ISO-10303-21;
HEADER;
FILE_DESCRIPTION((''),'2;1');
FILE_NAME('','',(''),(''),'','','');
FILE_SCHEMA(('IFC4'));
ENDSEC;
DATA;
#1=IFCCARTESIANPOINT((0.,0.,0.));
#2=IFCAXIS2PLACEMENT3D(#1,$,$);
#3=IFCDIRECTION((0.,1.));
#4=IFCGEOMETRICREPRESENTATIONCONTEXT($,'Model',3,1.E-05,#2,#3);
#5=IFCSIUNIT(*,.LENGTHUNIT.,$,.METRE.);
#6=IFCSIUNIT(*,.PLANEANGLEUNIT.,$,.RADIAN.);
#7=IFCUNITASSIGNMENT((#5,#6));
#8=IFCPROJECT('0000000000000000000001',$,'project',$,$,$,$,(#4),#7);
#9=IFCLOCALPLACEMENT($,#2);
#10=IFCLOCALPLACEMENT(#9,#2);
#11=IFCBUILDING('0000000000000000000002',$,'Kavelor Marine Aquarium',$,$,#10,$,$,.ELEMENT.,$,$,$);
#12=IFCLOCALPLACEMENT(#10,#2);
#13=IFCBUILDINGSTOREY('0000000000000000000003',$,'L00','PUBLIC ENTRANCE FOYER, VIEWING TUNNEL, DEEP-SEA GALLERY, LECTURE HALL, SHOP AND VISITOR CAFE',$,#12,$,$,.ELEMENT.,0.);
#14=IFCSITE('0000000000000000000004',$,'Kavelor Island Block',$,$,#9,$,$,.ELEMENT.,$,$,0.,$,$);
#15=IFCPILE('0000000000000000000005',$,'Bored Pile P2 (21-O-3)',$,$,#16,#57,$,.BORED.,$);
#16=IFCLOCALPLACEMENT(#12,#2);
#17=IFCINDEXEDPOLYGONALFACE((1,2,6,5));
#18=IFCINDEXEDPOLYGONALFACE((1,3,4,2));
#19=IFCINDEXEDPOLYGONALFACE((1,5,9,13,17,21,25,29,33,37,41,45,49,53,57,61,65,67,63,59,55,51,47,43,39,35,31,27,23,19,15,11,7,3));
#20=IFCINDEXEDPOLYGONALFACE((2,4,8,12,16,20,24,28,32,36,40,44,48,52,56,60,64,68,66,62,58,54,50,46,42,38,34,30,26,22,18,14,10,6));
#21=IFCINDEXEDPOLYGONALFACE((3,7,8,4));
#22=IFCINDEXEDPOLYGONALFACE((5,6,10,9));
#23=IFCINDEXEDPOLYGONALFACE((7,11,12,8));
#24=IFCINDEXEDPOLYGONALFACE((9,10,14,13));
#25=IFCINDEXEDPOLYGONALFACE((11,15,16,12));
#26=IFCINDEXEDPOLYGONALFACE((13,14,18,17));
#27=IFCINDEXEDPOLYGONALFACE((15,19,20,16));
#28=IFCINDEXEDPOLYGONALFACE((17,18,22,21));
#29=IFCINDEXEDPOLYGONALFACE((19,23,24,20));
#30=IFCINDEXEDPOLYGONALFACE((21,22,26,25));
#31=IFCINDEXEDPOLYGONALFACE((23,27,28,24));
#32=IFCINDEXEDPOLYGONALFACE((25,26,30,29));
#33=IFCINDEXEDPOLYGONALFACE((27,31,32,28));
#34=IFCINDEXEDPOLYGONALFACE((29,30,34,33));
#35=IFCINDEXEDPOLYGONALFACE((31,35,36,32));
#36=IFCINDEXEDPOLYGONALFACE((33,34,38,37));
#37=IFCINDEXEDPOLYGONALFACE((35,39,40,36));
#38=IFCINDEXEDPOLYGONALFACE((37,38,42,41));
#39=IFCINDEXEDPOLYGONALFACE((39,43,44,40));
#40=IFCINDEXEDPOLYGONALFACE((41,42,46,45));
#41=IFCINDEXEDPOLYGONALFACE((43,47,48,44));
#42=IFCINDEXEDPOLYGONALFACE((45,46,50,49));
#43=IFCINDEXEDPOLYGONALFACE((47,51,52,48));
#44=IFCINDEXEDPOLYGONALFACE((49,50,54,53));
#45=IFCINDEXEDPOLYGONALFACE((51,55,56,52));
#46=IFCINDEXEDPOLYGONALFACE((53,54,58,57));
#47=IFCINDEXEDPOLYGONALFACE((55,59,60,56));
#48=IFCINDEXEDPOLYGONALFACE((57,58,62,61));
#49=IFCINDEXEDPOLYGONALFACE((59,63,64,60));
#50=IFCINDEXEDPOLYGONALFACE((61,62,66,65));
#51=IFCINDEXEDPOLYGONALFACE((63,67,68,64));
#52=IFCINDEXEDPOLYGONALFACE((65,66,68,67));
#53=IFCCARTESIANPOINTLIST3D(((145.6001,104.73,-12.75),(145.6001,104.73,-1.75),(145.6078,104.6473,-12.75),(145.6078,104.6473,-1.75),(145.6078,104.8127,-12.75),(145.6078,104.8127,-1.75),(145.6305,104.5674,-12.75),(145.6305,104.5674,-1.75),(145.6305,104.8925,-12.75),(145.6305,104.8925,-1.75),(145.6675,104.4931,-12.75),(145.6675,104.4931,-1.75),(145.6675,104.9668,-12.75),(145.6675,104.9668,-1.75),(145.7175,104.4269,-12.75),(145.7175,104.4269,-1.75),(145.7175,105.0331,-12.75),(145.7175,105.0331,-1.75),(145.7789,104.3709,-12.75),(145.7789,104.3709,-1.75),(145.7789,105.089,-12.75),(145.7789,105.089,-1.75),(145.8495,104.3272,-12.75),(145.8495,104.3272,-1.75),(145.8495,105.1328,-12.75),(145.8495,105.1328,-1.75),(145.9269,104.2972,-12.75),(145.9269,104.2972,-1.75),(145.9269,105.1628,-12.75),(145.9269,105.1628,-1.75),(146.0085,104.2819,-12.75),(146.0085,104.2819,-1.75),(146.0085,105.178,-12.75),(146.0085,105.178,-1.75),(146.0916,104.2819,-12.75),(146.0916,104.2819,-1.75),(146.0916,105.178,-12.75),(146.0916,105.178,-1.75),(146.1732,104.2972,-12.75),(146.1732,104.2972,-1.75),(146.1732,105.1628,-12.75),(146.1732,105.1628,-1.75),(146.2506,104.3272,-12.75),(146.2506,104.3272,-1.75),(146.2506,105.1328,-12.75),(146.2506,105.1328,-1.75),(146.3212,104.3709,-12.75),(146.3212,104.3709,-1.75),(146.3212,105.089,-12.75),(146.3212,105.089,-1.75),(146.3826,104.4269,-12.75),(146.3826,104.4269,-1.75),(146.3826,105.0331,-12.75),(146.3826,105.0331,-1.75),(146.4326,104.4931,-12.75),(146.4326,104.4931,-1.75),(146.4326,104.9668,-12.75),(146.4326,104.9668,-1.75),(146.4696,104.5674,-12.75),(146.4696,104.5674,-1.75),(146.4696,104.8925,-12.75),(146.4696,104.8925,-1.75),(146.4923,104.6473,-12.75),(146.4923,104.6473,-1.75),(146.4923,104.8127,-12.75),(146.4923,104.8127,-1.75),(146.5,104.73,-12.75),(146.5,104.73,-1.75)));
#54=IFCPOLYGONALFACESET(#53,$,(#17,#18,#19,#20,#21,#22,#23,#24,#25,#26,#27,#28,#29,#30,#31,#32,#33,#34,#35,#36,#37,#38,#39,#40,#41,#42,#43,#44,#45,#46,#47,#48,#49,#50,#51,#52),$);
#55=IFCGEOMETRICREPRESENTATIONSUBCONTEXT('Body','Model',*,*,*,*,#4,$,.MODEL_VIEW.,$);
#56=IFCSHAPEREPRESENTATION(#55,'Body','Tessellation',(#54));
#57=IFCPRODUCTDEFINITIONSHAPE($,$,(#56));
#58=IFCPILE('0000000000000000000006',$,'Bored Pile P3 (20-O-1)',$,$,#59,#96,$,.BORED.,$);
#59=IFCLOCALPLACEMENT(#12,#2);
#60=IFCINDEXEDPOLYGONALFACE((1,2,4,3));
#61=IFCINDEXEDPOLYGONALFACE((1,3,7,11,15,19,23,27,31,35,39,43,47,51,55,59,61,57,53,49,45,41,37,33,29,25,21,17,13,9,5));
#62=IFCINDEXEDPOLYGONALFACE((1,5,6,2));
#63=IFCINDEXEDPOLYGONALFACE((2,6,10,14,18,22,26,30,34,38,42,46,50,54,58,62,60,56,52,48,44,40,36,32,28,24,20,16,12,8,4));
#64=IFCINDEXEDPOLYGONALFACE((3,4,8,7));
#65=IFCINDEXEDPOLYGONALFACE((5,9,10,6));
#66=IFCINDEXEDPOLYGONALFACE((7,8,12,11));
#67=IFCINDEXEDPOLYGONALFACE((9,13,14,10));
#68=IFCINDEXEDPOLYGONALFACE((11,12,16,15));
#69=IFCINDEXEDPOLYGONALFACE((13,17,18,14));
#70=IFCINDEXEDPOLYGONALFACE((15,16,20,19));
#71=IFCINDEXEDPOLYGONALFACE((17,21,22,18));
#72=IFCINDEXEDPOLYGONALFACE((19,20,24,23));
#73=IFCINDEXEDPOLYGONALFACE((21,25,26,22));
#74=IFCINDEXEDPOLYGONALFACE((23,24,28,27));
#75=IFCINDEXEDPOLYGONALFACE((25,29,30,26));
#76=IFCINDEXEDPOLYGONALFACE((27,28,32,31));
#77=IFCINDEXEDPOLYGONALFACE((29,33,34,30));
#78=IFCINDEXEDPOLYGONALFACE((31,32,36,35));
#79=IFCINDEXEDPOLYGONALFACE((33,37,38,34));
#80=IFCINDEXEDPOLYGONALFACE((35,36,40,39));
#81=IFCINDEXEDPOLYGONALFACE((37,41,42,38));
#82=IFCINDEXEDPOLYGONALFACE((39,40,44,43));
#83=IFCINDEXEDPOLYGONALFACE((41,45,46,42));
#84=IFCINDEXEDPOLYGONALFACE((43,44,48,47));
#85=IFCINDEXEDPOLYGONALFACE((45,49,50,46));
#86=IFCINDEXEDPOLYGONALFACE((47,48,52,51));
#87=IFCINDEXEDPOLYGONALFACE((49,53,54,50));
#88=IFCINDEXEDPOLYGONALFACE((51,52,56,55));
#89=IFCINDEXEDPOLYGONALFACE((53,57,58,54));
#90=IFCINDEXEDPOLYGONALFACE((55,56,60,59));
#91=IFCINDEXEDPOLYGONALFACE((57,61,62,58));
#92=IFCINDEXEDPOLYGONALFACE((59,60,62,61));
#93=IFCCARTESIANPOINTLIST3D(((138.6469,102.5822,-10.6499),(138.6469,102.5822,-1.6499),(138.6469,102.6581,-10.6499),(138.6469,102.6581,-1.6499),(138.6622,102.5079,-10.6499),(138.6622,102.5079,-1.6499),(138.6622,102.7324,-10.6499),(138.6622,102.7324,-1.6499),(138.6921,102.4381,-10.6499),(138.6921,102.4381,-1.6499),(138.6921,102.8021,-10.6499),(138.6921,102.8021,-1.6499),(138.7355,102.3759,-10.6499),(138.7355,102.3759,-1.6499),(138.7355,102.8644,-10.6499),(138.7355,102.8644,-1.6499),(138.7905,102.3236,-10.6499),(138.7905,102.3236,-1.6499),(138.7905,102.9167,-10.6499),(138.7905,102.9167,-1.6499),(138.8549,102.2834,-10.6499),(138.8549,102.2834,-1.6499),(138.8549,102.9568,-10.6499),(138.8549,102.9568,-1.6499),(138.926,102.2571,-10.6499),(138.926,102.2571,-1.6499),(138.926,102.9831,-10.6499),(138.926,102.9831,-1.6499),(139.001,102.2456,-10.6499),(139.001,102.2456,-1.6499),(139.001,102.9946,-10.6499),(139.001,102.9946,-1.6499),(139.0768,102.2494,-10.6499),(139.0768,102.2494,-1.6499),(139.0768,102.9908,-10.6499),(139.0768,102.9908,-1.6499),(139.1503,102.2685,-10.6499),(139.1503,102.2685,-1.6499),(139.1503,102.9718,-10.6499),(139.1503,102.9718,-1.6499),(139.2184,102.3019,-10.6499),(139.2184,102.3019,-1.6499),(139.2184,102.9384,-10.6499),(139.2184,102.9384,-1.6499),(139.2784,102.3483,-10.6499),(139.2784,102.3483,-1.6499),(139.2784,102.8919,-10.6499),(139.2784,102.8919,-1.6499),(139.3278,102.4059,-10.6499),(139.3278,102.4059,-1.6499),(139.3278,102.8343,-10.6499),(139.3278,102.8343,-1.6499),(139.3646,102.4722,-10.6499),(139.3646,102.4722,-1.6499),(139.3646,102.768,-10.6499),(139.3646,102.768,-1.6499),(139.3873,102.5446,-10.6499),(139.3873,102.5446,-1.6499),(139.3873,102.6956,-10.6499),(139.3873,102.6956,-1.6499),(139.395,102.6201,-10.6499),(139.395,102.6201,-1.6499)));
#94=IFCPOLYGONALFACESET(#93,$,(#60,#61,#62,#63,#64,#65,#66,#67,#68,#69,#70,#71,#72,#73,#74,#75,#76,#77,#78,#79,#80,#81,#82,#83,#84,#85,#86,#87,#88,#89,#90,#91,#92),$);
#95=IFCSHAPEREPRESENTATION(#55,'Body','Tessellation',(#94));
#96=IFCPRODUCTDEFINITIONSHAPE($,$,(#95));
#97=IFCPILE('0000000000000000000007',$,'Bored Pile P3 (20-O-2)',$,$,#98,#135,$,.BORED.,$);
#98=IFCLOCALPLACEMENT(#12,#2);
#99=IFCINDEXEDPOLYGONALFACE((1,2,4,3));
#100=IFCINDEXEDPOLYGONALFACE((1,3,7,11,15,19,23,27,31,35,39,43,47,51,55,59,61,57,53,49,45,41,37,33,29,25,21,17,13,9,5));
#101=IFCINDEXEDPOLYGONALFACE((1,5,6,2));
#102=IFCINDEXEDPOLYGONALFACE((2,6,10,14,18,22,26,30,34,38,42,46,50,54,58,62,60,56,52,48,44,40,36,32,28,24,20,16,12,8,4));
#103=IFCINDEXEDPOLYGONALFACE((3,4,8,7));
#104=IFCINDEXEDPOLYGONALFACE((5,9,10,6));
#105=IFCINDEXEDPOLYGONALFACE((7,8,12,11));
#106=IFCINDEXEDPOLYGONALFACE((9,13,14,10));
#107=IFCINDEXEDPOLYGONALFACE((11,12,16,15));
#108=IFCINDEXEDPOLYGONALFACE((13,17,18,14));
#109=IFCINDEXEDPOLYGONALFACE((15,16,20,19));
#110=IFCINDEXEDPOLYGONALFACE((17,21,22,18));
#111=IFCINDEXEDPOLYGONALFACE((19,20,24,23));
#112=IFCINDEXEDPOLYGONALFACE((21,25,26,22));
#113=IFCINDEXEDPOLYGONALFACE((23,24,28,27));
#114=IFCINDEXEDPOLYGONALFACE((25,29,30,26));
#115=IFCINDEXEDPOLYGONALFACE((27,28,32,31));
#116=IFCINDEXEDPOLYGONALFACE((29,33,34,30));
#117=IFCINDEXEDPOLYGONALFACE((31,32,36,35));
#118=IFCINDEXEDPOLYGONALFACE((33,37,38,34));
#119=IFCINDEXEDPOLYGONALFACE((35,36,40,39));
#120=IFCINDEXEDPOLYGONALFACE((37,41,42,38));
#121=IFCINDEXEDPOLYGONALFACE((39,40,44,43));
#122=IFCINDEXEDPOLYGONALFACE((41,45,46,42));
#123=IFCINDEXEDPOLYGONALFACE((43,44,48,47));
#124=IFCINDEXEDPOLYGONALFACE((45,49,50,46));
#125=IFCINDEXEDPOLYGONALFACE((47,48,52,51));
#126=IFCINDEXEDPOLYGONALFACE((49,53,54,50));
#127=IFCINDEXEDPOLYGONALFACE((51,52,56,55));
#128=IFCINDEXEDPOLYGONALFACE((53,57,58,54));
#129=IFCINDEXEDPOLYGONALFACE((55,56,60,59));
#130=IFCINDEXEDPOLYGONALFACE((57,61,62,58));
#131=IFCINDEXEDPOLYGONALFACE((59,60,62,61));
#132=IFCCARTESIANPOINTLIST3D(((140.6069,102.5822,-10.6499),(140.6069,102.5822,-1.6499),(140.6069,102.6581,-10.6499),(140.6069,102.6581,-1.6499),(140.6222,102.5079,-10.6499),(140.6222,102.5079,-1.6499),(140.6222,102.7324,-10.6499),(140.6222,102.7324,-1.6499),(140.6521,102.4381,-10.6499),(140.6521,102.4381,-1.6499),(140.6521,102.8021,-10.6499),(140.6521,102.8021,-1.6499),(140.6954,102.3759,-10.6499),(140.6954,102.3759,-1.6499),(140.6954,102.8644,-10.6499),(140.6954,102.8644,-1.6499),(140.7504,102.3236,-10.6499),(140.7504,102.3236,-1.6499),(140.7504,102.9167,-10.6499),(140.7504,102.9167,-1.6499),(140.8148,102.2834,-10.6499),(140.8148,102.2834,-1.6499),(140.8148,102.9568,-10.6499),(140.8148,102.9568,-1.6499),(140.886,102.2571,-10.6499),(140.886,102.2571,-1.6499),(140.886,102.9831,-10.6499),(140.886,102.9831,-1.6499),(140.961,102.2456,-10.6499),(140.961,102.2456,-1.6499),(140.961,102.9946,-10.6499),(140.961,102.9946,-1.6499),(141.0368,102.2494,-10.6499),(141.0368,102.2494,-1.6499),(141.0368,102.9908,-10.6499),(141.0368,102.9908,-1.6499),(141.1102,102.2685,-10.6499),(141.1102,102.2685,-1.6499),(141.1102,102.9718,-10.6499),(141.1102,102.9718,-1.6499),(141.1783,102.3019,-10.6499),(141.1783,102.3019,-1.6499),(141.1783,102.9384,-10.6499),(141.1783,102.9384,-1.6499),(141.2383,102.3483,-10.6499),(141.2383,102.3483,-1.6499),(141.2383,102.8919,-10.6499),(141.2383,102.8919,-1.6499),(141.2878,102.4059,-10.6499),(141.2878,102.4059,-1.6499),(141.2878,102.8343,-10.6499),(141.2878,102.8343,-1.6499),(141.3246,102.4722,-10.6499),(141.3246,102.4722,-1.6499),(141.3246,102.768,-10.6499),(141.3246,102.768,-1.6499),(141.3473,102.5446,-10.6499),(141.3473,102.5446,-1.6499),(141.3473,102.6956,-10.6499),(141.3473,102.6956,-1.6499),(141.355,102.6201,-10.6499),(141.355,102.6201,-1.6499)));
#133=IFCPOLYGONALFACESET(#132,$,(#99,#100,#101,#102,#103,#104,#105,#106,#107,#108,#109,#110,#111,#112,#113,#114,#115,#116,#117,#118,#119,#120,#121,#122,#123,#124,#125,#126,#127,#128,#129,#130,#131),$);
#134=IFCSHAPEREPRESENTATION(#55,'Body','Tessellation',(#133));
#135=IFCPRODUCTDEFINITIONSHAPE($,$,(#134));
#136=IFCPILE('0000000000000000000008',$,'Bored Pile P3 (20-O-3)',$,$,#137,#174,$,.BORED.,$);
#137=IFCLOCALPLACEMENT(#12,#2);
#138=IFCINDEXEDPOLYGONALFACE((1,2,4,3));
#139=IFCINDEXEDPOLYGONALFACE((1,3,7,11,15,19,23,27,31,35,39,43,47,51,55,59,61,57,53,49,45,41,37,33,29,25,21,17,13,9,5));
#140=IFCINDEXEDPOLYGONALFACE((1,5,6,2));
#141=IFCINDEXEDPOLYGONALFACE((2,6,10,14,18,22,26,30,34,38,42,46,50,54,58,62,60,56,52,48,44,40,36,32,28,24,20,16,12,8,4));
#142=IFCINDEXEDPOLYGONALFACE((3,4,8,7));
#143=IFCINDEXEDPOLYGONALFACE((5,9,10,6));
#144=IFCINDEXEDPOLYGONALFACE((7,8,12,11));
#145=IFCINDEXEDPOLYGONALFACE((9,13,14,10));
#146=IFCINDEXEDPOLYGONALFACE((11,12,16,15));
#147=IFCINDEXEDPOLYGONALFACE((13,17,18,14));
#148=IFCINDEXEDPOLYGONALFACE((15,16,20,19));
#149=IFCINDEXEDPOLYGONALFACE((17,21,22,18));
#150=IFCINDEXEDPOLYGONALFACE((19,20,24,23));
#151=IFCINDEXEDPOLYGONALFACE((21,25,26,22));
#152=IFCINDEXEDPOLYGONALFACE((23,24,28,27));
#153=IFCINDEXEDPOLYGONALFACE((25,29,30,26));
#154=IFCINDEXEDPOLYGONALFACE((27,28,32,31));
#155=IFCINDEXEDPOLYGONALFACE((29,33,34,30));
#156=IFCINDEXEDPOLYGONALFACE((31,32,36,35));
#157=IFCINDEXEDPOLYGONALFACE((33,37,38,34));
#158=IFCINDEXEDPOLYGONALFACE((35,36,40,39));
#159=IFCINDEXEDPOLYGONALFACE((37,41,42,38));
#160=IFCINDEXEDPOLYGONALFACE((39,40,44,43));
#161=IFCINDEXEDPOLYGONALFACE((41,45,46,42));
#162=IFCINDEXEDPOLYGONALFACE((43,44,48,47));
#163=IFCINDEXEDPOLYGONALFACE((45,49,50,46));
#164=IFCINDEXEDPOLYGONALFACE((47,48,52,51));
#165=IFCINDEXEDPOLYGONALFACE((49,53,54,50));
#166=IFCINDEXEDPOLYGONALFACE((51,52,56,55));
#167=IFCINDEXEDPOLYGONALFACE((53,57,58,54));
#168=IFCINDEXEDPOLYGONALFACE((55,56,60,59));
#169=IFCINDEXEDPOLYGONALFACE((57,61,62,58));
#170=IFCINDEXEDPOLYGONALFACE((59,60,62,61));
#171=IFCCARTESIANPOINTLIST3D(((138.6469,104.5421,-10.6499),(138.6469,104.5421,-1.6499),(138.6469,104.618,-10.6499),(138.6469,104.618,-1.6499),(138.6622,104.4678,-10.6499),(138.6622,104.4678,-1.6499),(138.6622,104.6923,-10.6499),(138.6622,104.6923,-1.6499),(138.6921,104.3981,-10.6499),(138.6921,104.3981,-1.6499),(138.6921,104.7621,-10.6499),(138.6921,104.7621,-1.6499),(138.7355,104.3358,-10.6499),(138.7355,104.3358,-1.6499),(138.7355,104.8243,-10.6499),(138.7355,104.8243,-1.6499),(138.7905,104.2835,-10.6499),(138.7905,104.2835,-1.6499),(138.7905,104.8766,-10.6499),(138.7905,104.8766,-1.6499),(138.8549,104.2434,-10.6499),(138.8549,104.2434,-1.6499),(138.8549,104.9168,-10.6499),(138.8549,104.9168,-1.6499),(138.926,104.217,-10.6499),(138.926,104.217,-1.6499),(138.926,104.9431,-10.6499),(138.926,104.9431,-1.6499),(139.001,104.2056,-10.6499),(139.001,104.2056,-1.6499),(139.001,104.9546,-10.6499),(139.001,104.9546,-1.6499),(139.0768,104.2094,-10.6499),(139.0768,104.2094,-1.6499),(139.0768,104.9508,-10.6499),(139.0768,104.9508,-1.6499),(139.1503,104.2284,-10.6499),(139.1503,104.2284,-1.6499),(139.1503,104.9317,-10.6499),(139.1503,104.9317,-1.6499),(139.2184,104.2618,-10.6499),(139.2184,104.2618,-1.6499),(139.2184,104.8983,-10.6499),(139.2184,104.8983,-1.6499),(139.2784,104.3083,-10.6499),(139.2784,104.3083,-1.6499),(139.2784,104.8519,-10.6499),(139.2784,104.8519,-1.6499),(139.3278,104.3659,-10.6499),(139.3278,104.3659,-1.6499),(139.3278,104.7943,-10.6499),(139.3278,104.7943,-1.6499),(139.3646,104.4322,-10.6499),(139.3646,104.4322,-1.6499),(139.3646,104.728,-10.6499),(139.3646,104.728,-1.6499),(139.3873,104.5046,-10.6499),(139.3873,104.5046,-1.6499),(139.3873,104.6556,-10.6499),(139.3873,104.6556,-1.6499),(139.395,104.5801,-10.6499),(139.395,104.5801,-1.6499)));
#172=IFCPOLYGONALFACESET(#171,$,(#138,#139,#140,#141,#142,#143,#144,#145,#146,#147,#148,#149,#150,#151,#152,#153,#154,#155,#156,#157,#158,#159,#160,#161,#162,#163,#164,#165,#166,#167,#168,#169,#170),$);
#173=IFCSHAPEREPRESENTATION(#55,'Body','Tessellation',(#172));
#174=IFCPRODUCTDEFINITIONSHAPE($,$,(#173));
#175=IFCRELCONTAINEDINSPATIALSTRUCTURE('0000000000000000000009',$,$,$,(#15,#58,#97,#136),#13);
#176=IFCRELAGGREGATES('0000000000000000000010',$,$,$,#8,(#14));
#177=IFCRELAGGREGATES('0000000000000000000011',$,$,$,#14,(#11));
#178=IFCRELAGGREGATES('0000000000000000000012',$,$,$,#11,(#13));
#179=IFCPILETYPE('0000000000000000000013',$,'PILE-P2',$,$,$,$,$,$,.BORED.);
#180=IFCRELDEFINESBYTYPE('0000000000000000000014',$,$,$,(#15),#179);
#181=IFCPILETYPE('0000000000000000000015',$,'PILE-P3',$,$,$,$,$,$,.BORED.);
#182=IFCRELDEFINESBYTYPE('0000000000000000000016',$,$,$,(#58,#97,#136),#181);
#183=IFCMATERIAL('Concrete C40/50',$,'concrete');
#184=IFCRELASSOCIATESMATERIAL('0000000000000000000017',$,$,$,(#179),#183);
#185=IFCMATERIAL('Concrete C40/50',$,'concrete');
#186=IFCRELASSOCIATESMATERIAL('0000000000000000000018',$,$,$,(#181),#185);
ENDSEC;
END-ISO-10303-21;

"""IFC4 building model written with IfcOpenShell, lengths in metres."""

from ifc_helpers import new_model, si_unit, direction, frame, origin, origin_2d, place, context, subcontext, project, spatial, circle, extrude, material, material_profile, profile_set, type_object, element, save


model = new_model("IFC4")

# Units and contexts
model_context = context("Model", 3, precision=1e-05, world=origin(), true_north=direction((0.0, 1.0)))
body_context = subcontext(model_context, "Body", "Model", "MODEL_VIEW")
ifc_project = project(units=[si_unit("LENGTHUNIT", "METRE"), si_unit("PLANEANGLEUNIT", "RADIAN")], contexts=[model_context])

# Site, building, storey
site_placement = place(None, origin())
site = spatial("IfcSite", under=ifc_project, at=site_placement, Name="Kavelor Island Block", CompositionType="ELEMENT", RefElevation=0.0)
building_placement = place(site_placement, origin())
building = spatial("IfcBuilding", under=site, at=building_placement, Name="Kavelor Marine Aquarium", CompositionType="ELEMENT")
storey_placement = place(building_placement, origin())
storey = spatial("IfcBuildingStorey", under=building, at=storey_placement, Name="L00", Description="PUBLIC ENTRANCE FOYER, VIEWING TUNNEL, DEEP-SEA GALLERY, LECTURE HALL, SHOP AND VISITOR CAFE", CompositionType="ELEMENT", Elevation=0.0)

# Piles
ifc_material_1 = material(Name="Concrete C40/50", Category="concrete")
ifc_material_profile_1 = material_profile(ifc_material_1, circle(Radius=0.45, at=origin_2d()), Name="PILE D900")
ifc_profile_set_1 = profile_set([ifc_material_profile_1], Name="Concrete C40/50")
pile_type_1 = type_object("IfcPileType", Name="PILE-P2", PredefinedType="BORED", material=ifc_profile_set_1)
for number, where, z_axis, x_axis, name in (
    (1, (146.05, 104.73, -1.75), (0.0, 0.0, -1.0), (1.0, 0.0, 0.0), "Bored Pile P2 (21-O-3)"),
):
    element("IfcPile", number, at=place(storey_placement, frame(where, z_axis=z_axis, x_axis=x_axis)), inside=storey, type_object=pile_type_1, Name=name, PredefinedType="BORED", context=body_context, shape_type="SweptSolid", body=[
        extrude(circle(Radius=0.45, at=origin_2d()), origin(), (0.0, 0.0, 1.0), 11.0),
    ])
ifc_material_2 = material(Name="Concrete C40/50", Category="concrete")
ifc_material_profile_2 = material_profile(ifc_material_2, circle(Radius=0.375, at=origin_2d()), Name="PILE D750")
ifc_profile_set_2 = profile_set([ifc_material_profile_2], Name="Concrete C40/50")
pile_type_2 = type_object("IfcPileType", Name="PILE-P3", PredefinedType="BORED", material=ifc_profile_set_2)
for number, where, z_axis, x_axis, name in (
    (2, (139.02, 102.6201, -1.6499), (0.0, 0.0, -1.0), (1.0, 0.0, 0.0), "Bored Pile P3 (20-O-1)"),
    (3, (140.98, 102.6201, -1.6499), (0.0, 0.0, -1.0), (1.0, 0.0, 0.0), "Bored Pile P3 (20-O-2)"),
    (4, (139.02, 104.5801, -1.6499), (0.0, 0.0, -1.0), (1.0, 0.0, 0.0), "Bored Pile P3 (20-O-3)"),
):
    element("IfcPile", number, at=place(storey_placement, frame(where, z_axis=z_axis, x_axis=x_axis)), inside=storey, type_object=pile_type_2, Name=name, PredefinedType="BORED", context=body_context, shape_type="SweptSolid", body=[
        extrude(circle(Radius=0.375, at=origin_2d()), origin(), (0.0, 0.0, 1.0), 9.0),
    ])

save(model, "model.ifc")
